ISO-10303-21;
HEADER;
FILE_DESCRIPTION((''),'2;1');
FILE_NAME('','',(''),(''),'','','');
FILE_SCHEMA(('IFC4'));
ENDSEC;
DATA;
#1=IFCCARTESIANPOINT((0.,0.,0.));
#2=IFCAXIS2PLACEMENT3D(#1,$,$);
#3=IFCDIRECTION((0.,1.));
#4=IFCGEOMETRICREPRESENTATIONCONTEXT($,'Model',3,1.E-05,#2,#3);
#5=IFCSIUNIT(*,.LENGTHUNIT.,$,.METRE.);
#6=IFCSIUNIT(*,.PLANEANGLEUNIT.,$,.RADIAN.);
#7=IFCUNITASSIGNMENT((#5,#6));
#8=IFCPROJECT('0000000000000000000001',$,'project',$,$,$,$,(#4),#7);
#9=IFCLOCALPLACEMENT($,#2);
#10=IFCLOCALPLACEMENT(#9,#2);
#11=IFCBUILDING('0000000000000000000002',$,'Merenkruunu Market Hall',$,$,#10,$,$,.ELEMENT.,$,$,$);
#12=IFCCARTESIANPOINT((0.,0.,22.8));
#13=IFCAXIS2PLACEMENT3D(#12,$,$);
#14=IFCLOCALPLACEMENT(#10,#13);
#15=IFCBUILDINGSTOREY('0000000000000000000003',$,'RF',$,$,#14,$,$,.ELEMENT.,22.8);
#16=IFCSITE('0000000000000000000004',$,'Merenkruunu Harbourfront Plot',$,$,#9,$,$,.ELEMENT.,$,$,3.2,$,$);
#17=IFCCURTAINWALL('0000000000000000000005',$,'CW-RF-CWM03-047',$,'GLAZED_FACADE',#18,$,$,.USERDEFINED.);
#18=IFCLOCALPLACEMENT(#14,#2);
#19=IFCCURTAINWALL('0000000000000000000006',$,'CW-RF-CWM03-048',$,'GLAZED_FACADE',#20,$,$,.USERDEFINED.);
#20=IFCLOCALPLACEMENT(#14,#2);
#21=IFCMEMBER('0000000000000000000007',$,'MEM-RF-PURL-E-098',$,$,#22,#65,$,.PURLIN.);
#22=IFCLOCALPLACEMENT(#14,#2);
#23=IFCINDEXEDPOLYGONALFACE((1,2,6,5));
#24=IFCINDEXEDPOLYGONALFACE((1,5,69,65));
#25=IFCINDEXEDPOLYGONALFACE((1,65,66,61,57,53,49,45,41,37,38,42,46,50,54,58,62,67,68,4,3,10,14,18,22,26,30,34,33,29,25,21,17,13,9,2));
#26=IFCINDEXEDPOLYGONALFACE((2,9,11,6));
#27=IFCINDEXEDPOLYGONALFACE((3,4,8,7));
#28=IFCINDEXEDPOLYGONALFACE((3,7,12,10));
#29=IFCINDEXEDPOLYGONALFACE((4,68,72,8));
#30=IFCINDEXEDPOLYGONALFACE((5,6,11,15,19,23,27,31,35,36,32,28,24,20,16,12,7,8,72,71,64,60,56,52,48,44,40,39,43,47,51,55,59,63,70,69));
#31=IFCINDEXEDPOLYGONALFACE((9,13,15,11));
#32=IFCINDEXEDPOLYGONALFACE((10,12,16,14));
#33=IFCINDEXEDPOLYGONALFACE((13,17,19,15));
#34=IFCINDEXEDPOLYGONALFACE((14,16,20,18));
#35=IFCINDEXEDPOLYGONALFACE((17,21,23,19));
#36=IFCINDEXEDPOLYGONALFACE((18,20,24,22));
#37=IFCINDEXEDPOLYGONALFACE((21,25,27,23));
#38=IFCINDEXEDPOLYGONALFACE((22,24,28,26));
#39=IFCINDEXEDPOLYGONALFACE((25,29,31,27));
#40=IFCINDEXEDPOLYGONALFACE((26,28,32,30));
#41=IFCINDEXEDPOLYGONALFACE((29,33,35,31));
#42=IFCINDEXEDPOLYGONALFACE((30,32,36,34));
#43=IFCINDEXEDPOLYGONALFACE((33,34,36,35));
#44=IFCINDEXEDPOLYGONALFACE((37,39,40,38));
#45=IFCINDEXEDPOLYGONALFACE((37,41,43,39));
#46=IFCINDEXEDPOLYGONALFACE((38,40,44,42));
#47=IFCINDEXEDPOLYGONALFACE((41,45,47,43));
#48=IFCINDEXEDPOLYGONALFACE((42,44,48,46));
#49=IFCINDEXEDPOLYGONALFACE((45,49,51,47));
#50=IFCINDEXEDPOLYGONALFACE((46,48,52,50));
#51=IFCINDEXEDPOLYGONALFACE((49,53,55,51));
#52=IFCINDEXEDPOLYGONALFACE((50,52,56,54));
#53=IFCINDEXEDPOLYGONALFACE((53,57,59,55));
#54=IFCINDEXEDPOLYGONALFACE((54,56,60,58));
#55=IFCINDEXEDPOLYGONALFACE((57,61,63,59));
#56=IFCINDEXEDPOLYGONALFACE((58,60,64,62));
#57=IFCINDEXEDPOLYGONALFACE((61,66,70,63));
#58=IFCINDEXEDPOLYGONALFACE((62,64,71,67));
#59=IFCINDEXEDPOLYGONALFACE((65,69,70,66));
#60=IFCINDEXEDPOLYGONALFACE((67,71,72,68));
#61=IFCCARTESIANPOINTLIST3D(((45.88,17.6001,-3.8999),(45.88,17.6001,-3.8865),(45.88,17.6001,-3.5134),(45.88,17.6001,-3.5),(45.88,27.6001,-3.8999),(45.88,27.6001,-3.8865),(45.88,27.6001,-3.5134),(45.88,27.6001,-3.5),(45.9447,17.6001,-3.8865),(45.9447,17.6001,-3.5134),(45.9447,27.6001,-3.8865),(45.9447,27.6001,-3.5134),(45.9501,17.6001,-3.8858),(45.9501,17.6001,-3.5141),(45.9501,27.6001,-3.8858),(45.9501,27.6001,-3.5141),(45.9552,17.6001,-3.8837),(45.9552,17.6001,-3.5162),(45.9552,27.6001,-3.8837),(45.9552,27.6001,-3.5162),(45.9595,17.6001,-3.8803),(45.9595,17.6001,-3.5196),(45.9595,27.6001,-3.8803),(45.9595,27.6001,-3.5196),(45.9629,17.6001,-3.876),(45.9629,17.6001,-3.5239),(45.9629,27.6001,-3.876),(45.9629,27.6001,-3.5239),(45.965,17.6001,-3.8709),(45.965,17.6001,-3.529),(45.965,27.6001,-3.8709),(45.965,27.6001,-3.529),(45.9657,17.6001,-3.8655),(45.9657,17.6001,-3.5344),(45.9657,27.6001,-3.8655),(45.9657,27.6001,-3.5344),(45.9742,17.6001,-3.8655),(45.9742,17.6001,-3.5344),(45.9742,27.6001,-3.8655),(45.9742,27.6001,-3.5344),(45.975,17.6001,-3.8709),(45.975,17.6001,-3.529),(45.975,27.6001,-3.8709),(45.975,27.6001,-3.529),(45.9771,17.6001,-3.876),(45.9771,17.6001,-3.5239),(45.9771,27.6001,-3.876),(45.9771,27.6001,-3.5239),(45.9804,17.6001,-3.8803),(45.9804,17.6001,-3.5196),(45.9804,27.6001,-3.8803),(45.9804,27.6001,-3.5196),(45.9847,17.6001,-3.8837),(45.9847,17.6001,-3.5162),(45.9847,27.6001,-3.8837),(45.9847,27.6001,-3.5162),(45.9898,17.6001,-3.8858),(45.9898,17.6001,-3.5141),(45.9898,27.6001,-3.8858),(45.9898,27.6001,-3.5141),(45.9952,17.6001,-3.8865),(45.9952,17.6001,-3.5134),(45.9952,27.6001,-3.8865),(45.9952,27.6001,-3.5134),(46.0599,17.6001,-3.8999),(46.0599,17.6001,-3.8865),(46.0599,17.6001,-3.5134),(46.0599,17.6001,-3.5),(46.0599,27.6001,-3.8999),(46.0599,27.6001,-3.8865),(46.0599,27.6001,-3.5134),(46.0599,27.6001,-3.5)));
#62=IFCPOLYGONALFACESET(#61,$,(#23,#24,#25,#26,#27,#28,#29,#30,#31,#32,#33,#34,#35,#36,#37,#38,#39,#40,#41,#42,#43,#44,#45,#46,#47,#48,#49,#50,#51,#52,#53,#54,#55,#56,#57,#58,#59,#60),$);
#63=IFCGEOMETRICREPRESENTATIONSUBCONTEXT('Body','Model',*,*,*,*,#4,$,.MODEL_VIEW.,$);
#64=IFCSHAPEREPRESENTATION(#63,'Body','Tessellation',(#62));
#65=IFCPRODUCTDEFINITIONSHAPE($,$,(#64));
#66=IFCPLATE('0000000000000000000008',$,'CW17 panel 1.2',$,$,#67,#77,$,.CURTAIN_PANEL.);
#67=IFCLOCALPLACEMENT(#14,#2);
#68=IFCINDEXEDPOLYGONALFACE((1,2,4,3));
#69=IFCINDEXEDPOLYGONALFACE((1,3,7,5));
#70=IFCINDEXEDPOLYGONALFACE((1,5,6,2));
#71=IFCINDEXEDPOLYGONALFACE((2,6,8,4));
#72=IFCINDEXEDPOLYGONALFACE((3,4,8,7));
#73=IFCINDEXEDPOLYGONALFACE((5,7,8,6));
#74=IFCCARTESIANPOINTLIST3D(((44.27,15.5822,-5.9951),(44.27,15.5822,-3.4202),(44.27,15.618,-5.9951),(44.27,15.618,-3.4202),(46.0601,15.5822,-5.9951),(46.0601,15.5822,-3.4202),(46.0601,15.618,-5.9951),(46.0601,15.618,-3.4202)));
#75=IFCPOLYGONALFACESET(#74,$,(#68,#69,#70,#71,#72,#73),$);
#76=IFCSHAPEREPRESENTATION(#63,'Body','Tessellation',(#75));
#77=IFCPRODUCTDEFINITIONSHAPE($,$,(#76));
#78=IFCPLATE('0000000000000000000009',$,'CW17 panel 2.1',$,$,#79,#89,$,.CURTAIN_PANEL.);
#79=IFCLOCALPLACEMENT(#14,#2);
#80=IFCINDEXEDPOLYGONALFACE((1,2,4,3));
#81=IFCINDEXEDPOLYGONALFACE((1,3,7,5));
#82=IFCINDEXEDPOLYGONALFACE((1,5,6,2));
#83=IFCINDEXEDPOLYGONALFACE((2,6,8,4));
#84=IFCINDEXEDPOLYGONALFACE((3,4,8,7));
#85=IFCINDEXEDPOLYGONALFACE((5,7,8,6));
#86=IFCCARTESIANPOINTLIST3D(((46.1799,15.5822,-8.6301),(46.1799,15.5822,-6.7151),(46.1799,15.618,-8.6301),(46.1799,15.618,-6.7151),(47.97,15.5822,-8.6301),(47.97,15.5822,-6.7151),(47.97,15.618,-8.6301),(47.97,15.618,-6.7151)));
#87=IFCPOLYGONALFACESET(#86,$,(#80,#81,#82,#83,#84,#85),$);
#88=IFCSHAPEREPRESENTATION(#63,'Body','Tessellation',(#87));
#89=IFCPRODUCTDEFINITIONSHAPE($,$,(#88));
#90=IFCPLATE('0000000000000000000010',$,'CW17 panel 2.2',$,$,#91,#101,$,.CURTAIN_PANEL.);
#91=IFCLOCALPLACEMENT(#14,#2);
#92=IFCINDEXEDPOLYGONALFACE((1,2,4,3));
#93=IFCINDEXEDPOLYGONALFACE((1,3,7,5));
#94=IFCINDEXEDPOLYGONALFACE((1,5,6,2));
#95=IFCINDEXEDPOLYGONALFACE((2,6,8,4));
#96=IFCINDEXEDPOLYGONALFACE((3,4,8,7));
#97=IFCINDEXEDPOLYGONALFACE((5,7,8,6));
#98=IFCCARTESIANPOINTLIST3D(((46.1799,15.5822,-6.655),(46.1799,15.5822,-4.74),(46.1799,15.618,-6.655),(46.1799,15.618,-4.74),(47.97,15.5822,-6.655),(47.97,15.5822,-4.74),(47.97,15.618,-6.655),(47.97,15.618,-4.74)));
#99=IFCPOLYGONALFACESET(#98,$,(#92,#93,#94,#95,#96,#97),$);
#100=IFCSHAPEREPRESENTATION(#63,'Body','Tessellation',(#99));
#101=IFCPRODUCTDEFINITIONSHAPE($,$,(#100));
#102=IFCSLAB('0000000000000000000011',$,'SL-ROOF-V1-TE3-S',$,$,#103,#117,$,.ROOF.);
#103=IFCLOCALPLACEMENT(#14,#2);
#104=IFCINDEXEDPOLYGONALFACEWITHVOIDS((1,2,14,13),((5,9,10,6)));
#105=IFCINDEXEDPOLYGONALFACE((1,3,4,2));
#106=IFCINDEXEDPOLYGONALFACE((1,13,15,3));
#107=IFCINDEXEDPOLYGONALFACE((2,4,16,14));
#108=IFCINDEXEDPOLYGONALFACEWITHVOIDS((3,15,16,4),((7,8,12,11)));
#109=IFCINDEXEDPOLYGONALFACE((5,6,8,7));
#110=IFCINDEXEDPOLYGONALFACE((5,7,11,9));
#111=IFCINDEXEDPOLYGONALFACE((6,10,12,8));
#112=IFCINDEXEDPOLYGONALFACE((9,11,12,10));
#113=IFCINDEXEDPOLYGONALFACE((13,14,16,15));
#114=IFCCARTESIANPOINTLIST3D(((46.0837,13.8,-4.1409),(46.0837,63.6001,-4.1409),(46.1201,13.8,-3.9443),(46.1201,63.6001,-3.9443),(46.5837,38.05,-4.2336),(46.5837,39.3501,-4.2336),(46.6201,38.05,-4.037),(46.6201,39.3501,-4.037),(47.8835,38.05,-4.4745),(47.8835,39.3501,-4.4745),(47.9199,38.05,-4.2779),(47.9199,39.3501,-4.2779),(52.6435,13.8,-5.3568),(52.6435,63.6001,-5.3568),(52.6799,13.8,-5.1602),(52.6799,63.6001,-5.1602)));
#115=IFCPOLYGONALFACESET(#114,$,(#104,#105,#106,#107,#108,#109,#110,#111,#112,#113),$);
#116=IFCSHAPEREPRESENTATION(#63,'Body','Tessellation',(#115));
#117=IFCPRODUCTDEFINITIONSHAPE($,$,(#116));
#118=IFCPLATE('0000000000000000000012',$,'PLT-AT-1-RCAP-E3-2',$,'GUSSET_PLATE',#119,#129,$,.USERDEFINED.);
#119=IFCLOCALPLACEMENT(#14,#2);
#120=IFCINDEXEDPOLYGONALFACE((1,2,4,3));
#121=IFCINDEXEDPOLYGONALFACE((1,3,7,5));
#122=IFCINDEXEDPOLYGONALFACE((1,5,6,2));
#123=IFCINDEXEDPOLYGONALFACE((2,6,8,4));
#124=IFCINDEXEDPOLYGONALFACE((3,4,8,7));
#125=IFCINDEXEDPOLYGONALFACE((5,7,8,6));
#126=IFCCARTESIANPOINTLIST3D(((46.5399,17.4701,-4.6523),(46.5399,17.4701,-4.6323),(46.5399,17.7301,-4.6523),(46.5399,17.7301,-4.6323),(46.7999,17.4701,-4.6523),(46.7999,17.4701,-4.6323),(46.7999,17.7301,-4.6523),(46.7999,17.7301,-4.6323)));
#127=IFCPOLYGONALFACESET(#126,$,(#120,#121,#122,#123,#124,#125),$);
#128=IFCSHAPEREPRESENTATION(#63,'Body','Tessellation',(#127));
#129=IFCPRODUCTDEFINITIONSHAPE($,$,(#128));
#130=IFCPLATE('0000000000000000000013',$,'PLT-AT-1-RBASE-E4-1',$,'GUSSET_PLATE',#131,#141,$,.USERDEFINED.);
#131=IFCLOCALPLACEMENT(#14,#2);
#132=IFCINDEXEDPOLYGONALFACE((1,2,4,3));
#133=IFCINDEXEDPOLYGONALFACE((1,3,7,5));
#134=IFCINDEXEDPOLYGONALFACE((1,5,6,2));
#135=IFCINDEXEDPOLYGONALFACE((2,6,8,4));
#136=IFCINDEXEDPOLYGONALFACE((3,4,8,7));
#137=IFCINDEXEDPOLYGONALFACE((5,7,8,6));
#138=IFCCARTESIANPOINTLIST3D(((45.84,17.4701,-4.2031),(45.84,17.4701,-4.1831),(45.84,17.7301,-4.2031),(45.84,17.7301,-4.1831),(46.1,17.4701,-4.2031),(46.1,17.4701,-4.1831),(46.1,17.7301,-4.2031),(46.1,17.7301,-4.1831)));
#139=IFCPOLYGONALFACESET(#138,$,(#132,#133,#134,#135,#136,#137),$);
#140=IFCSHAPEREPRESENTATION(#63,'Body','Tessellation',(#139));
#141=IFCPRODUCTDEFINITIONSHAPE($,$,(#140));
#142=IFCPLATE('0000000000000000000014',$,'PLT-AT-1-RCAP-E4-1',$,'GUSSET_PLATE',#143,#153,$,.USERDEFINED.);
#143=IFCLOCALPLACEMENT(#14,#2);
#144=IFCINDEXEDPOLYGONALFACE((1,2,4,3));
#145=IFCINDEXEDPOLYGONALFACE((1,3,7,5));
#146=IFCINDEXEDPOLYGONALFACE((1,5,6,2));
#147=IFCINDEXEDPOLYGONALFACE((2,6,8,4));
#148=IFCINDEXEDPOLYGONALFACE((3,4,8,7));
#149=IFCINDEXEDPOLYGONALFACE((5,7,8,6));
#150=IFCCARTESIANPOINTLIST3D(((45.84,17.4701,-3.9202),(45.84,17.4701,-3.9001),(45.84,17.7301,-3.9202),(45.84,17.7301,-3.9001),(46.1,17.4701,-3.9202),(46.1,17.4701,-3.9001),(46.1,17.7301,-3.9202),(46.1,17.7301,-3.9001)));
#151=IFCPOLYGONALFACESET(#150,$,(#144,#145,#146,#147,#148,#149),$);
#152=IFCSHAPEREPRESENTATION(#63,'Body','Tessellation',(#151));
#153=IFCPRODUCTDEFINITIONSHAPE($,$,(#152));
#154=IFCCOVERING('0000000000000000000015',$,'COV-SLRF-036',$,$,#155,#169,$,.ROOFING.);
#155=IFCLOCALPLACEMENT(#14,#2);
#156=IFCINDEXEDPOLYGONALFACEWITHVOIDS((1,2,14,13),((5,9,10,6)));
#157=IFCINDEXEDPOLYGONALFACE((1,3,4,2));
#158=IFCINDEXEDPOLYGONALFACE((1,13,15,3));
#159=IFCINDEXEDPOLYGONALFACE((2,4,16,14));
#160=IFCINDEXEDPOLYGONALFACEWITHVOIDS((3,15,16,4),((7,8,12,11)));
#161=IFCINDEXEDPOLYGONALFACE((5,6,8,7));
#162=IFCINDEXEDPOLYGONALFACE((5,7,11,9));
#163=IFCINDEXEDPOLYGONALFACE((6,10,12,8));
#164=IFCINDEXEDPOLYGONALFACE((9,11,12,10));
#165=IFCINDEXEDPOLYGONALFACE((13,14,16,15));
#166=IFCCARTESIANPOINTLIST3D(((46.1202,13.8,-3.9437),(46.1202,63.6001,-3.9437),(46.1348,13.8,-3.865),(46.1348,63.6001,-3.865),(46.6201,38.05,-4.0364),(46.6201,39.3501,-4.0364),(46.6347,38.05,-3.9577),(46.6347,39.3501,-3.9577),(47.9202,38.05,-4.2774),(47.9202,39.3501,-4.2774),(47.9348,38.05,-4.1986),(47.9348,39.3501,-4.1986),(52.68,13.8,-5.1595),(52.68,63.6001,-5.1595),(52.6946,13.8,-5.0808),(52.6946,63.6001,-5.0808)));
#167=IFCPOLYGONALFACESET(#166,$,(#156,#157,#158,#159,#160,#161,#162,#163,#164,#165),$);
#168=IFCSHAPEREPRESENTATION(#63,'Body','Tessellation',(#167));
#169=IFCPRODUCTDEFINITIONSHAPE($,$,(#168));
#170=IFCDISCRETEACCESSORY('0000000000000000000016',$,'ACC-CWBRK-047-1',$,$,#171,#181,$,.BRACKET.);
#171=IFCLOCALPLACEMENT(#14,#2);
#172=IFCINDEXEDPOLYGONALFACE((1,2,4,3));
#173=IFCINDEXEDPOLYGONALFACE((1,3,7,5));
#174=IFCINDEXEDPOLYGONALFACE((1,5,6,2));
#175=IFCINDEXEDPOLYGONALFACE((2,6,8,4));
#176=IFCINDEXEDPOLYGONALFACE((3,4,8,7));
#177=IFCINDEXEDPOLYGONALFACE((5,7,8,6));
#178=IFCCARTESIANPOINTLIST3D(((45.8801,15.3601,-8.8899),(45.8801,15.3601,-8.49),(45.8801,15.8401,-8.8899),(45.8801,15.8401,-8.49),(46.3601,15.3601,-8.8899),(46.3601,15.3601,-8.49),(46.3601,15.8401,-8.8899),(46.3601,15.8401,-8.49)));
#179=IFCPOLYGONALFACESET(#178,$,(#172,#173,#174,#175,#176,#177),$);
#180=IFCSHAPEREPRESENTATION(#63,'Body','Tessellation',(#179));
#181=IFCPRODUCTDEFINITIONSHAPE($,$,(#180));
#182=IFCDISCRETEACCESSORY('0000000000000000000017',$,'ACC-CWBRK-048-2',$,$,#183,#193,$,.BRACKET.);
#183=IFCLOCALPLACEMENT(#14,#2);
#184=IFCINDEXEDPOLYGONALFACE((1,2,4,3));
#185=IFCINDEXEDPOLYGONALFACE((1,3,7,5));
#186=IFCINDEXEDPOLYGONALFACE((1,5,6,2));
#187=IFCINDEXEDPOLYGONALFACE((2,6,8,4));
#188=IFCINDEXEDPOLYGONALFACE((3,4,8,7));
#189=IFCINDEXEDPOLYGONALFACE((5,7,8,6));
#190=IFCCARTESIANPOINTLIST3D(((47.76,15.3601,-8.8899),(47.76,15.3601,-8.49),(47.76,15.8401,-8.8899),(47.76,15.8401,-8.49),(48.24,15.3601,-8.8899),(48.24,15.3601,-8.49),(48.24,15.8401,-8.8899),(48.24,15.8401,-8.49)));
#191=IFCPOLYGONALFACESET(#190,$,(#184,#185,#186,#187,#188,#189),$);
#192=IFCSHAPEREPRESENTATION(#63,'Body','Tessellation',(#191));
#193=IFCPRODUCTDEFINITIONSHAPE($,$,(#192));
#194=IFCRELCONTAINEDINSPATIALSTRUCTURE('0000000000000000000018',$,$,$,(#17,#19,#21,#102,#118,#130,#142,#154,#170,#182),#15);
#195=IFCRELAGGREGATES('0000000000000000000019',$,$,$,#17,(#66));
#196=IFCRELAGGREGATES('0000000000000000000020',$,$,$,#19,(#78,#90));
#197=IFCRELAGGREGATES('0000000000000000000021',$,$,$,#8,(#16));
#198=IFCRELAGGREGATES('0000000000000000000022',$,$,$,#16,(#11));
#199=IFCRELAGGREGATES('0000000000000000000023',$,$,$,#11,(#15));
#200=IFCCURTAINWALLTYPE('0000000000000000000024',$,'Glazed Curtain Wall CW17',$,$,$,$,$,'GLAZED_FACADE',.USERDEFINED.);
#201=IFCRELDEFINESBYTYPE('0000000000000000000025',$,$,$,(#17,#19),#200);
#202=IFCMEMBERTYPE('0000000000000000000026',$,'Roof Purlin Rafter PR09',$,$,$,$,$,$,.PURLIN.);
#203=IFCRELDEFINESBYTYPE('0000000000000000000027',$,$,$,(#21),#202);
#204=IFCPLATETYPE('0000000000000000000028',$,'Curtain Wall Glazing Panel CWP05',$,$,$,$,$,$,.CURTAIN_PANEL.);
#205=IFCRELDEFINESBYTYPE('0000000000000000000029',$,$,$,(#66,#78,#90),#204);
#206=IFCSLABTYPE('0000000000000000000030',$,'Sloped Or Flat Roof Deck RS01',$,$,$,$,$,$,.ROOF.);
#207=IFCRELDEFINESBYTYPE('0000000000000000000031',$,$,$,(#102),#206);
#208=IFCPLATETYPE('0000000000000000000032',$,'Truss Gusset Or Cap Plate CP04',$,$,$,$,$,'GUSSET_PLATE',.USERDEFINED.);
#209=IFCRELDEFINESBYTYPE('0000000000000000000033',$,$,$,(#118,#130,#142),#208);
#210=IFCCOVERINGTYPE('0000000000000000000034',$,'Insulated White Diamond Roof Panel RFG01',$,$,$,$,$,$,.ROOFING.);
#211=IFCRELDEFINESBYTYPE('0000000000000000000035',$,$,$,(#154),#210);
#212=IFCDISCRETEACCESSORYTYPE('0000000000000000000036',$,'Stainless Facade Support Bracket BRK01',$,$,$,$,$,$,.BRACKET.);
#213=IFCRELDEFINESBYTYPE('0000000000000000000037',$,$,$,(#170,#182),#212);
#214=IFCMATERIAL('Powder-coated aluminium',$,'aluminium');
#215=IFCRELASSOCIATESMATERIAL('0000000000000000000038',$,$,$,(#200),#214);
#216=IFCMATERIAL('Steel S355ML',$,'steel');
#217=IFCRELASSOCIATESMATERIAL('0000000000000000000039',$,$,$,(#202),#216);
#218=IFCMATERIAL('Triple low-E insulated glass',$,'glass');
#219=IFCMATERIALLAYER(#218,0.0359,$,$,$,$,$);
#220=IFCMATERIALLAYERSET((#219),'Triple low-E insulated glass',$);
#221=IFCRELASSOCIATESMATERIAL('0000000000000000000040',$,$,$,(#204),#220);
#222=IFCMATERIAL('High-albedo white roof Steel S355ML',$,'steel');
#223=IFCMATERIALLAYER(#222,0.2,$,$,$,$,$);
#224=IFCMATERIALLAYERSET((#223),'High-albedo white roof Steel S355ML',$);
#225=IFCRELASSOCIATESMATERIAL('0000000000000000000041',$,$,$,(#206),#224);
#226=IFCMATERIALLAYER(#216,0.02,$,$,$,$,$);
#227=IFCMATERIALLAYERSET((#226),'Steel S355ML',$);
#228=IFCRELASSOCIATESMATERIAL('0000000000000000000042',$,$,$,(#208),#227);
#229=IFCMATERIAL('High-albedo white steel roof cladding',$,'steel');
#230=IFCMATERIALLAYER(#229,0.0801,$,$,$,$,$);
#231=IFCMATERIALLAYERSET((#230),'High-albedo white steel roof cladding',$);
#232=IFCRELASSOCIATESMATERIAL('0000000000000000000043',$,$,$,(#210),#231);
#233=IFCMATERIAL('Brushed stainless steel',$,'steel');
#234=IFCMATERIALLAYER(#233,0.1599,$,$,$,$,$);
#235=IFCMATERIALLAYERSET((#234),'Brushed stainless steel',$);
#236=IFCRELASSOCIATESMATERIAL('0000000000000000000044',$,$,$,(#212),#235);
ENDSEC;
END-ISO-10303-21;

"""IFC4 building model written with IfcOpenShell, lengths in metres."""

from ifc_helpers import new_model, si_unit, direction, frame, origin, origin_2d, place, context, subcontext, project, spatial, polyline, rectangle, i_section, outline, extrude, material, layer, layer_set, material_profile, profile_set, type_object, element, aggregate, save


model = new_model("IFC4")

# Units and contexts
model_context = context("Model", 3, precision=1e-05, world=origin(), true_north=direction((0.0, 1.0)))
body_context = subcontext(model_context, "Body", "Model", "MODEL_VIEW")
ifc_project = project(units=[si_unit("LENGTHUNIT", "METRE"), si_unit("PLANEANGLEUNIT", "RADIAN")], contexts=[model_context])

# Site, building, storey
site_placement = place(None, origin())
site = spatial("IfcSite", under=ifc_project, at=site_placement, Name="Merenkruunu Harbourfront Plot", CompositionType="ELEMENT", RefElevation=3.2)
building_placement = place(site_placement, origin())
building = spatial("IfcBuilding", under=site, at=building_placement, Name="Merenkruunu Market Hall", CompositionType="ELEMENT")
storey_placement = place(building_placement, frame((0.0, 0.0, 22.8)))
storey = spatial("IfcBuildingStorey", under=building, at=storey_placement, Name="RF", CompositionType="ELEMENT", Elevation=22.8)

# Shared definitions
ifc_material_1 = material(Name="Steel S355ML", Category="steel")

# Curtain wall
ifc_material_2 = material(Name="Powder-coated aluminium", Category="aluminium")
curtain_wall_type_1 = type_object("IfcCurtainWallType", Name="Glazed Curtain Wall CW17", ElementType="GLAZED_FACADE", PredefinedType="USERDEFINED", material=ifc_material_2)
curtain_wall_1_placement = place(storey_placement, origin())
curtain_wall_1 = element("IfcCurtainWall", 1, at=curtain_wall_1_placement, inside=storey, type_object=curtain_wall_type_1, Name="CW-RF-CWM03-047", ObjectType="GLAZED_FACADE", PredefinedType="USERDEFINED")

# Curtain wall
curtain_wall_2_placement = place(storey_placement, origin())
curtain_wall_2 = element("IfcCurtainWall", 2, at=curtain_wall_2_placement, inside=storey, type_object=curtain_wall_type_1, Name="CW-RF-CWM03-048", ObjectType="GLAZED_FACADE", PredefinedType="USERDEFINED")

# Member
ifc_material_profile_1 = material_profile(ifc_material_1, i_section(OverallWidth=0.1799, OverallDepth=0.3999, WebThickness=0.0085, FlangeThickness=0.0134, FilletRadius=0.021, at=origin_2d()), Name="IPE 400")
ifc_profile_set_1 = profile_set([ifc_material_profile_1], Name="Steel S355ML")
member_type_1 = type_object("IfcMemberType", Name="Roof Purlin Rafter PR09", PredefinedType="PURLIN", material=ifc_profile_set_1)
member_1_placement = place(storey_placement, frame((45.97, 17.6001, -3.7), z_axis=(0.0, 1.0, 0.0), x_axis=(-1.0, 0.0, 0.0)))
element("IfcMember", 3, at=member_1_placement, inside=storey, type_object=member_type_1, Name="MEM-RF-PURL-E-098", PredefinedType="PURLIN", context=body_context, shape_type="SweptSolid", body=[
    extrude(i_section(OverallWidth=0.1799, OverallDepth=0.3999, WebThickness=0.0085, FlangeThickness=0.0134, FilletRadius=0.021, at=origin_2d()), origin(), (0.0, 0.0, 1.0), 10.0),
])

# Plates
ifc_material_3 = material(Name="Triple low-E insulated glass", Category="glass")
ifc_layer_1 = layer(ifc_material_3, 0.0359)
ifc_layer_set_1 = layer_set([ifc_layer_1], Name="Triple low-E insulated glass")
plate_type_1 = type_object("IfcPlateType", Name="Curtain Wall Glazing Panel CWP05", PredefinedType="CURTAIN_PANEL", material=ifc_layer_set_1)
plate_1_placement = place(storey_placement, frame((45.165, 15.6001, -5.9951), z_axis=(0.0, 0.0, 1.0), x_axis=(-1.0, 0.0, 0.0)))
plate_1 = element("IfcPlate", 4, at=plate_1_placement, type_object=plate_type_1, Name="CW17 panel 1.2", PredefinedType="CURTAIN_PANEL", context=body_context, shape_type="SweptSolid", body=[
    extrude(rectangle(XDim=1.79, YDim=0.0359, at=origin_2d()), origin(), (0.0, 0.0, 1.0), 2.575),
])
aggregate(curtain_wall_1, [plate_1])
plate_2_placement = place(storey_placement, frame((47.075, 15.6001, -8.6301), z_axis=(0.0, 0.0, 1.0), x_axis=(-1.0, 0.0, 0.0)))
plate_2 = element("IfcPlate", 5, at=plate_2_placement, type_object=plate_type_1, Name="CW17 panel 2.1", PredefinedType="CURTAIN_PANEL", context=body_context, shape_type="SweptSolid", body=[
    extrude(rectangle(XDim=1.79, YDim=0.0359, at=origin_2d()), origin(), (0.0, 0.0, 1.0), 1.915),
])
plate_3_placement = place(storey_placement, frame((47.075, 15.6001, -6.655), z_axis=(0.0, 0.0, 1.0), x_axis=(-1.0, 0.0, 0.0)))
plate_3 = element("IfcPlate", 6, at=plate_3_placement, type_object=plate_type_1, Name="CW17 panel 2.2", PredefinedType="CURTAIN_PANEL", context=body_context, shape_type="SweptSolid", body=[
    extrude(rectangle(XDim=1.79, YDim=0.0359, at=origin_2d()), origin(), (0.0, 0.0, 1.0), 1.915),
])
aggregate(curtain_wall_2, [plate_2, plate_3])

# Slab
ifc_material_4 = material(Name="High-albedo white roof Steel S355ML", Category="steel")
ifc_layer_2 = layer(ifc_material_4, 0.2)
ifc_layer_set_2 = layer_set([ifc_layer_2], Name="High-albedo white roof Steel S355ML")
slab_type = type_object("IfcSlabType", Name="Sloped Or Flat Roof Deck RS01", PredefinedType="ROOF", material=ifc_layer_set_2)
slab_placement = place(storey_placement, frame((46.1201, 13.8, -3.9443), z_axis=(0.18224, 0.0, 0.983254), x_axis=(0.983254, 0.0, -0.18224)))
element("IfcSlab", 7, at=slab_placement, inside=storey, type_object=slab_type, Name="SL-ROOF-V1-TE3-S", PredefinedType="ROOF", context=body_context, shape_type="SweptSolid", body=[
    extrude(outline(polyline([(0.0, 0.0), (6.6715, 0.0), (6.6715, 49.8), (0.0, 49.8), (0.0, 0.0)]), holes=[polyline([(0.5085, 24.25), (1.8304, 24.25), (1.8304, 25.55), (0.5085, 25.55), (0.5085, 24.25)])]), origin(), (0.0, 0.0, -1.0), 0.2),
])

# Plates
ifc_layer_3 = layer(ifc_material_1, 0.02)
ifc_layer_set_3 = layer_set([ifc_layer_3], Name="Steel S355ML")
plate_type_2 = type_object("IfcPlateType", Name="Truss Gusset Or Cap Plate CP04", ElementType="GUSSET_PLATE", PredefinedType="USERDEFINED", material=ifc_layer_set_3)
for number, where, z_axis, x_axis, name in (
    (8, (46.6699, 17.6001, -4.6523), (0.0, 0.0, 1.0), (1.0, 0.0, 0.0), "PLT-AT-1-RCAP-E3-2"),
    (9, (45.97, 17.6001, -4.2031), (0.0, 0.0, 1.0), (1.0, 0.0, 0.0), "PLT-AT-1-RBASE-E4-1"),
    (10, (45.97, 17.6001, -3.9202), (0.0, 0.0, 1.0), (1.0, 0.0, 0.0), "PLT-AT-1-RCAP-E4-1"),
):
    element("IfcPlate", number, at=place(storey_placement, frame(where, z_axis=z_axis, x_axis=x_axis)), inside=storey, type_object=plate_type_2, Name=name, ObjectType="GUSSET_PLATE", PredefinedType="USERDEFINED", context=body_context, shape_type="SweptSolid", body=[
        extrude(rectangle(XDim=0.26, YDim=0.26, at=origin_2d()), origin(), (0.0, 0.0, 1.0), 0.02),
    ])

# Covering
ifc_material_5 = material(Name="High-albedo white steel roof cladding", Category="steel")
ifc_layer_4 = layer(ifc_material_5, 0.0801)
ifc_layer_set_4 = layer_set([ifc_layer_4], Name="High-albedo white steel roof cladding")
covering_type = type_object("IfcCoveringType", Name="Insulated White Diamond Roof Panel RFG01", PredefinedType="ROOFING", material=ifc_layer_set_4)
covering_placement = place(storey_placement, frame((46.1348, 13.8, -3.865), z_axis=(0.18224, 0.0, 0.983254), x_axis=(0.983254, 0.0, -0.18224)))
element("IfcCovering", 11, at=covering_placement, inside=storey, type_object=covering_type, Name="COV-SLRF-036", PredefinedType="ROOFING", context=body_context, shape_type="SweptSolid", body=[
    extrude(outline(polyline([(0.0, 0.0), (6.6715, 0.0), (6.6715, 49.8), (0.0, 49.8), (0.0, 0.0)]), holes=[polyline([(0.5085, 24.25), (1.8307, 24.25), (1.8307, 25.55), (0.5085, 25.55), (0.5085, 24.25)])]), origin(), (0.0, 0.0, -1.0), 0.0801),
])

# Discrete accessories
ifc_material_6 = material(Name="Brushed stainless steel", Category="steel")
ifc_layer_5 = layer(ifc_material_6, 0.1599)
ifc_layer_set_5 = layer_set([ifc_layer_5], Name="Brushed stainless steel")
discrete_accessory_type = type_object("IfcDiscreteAccessoryType", Name="Stainless Facade Support Bracket BRK01", PredefinedType="BRACKET", material=ifc_layer_set_5)
for number, where, z_axis, x_axis, name in (
    (12, (46.1201, 15.6001, -8.8899), (0.0, 0.0, 1.0), (1.0, 0.0, 0.0), "ACC-CWBRK-047-1"),
    (13, (48.0, 15.6001, -8.8899), (0.0, 0.0, 1.0), (1.0, 0.0, 0.0), "ACC-CWBRK-048-2"),
):
    element("IfcDiscreteAccessory", number, at=place(storey_placement, frame(where, z_axis=z_axis, x_axis=x_axis)), inside=storey, type_object=discrete_accessory_type, Name=name, PredefinedType="BRACKET", context=body_context, shape_type="SweptSolid", body=[
        extrude(rectangle(XDim=0.48, YDim=0.48, at=origin_2d()), origin(), (0.0, 0.0, 1.0), 0.3999),
    ])

save(model, "model.ifc")
